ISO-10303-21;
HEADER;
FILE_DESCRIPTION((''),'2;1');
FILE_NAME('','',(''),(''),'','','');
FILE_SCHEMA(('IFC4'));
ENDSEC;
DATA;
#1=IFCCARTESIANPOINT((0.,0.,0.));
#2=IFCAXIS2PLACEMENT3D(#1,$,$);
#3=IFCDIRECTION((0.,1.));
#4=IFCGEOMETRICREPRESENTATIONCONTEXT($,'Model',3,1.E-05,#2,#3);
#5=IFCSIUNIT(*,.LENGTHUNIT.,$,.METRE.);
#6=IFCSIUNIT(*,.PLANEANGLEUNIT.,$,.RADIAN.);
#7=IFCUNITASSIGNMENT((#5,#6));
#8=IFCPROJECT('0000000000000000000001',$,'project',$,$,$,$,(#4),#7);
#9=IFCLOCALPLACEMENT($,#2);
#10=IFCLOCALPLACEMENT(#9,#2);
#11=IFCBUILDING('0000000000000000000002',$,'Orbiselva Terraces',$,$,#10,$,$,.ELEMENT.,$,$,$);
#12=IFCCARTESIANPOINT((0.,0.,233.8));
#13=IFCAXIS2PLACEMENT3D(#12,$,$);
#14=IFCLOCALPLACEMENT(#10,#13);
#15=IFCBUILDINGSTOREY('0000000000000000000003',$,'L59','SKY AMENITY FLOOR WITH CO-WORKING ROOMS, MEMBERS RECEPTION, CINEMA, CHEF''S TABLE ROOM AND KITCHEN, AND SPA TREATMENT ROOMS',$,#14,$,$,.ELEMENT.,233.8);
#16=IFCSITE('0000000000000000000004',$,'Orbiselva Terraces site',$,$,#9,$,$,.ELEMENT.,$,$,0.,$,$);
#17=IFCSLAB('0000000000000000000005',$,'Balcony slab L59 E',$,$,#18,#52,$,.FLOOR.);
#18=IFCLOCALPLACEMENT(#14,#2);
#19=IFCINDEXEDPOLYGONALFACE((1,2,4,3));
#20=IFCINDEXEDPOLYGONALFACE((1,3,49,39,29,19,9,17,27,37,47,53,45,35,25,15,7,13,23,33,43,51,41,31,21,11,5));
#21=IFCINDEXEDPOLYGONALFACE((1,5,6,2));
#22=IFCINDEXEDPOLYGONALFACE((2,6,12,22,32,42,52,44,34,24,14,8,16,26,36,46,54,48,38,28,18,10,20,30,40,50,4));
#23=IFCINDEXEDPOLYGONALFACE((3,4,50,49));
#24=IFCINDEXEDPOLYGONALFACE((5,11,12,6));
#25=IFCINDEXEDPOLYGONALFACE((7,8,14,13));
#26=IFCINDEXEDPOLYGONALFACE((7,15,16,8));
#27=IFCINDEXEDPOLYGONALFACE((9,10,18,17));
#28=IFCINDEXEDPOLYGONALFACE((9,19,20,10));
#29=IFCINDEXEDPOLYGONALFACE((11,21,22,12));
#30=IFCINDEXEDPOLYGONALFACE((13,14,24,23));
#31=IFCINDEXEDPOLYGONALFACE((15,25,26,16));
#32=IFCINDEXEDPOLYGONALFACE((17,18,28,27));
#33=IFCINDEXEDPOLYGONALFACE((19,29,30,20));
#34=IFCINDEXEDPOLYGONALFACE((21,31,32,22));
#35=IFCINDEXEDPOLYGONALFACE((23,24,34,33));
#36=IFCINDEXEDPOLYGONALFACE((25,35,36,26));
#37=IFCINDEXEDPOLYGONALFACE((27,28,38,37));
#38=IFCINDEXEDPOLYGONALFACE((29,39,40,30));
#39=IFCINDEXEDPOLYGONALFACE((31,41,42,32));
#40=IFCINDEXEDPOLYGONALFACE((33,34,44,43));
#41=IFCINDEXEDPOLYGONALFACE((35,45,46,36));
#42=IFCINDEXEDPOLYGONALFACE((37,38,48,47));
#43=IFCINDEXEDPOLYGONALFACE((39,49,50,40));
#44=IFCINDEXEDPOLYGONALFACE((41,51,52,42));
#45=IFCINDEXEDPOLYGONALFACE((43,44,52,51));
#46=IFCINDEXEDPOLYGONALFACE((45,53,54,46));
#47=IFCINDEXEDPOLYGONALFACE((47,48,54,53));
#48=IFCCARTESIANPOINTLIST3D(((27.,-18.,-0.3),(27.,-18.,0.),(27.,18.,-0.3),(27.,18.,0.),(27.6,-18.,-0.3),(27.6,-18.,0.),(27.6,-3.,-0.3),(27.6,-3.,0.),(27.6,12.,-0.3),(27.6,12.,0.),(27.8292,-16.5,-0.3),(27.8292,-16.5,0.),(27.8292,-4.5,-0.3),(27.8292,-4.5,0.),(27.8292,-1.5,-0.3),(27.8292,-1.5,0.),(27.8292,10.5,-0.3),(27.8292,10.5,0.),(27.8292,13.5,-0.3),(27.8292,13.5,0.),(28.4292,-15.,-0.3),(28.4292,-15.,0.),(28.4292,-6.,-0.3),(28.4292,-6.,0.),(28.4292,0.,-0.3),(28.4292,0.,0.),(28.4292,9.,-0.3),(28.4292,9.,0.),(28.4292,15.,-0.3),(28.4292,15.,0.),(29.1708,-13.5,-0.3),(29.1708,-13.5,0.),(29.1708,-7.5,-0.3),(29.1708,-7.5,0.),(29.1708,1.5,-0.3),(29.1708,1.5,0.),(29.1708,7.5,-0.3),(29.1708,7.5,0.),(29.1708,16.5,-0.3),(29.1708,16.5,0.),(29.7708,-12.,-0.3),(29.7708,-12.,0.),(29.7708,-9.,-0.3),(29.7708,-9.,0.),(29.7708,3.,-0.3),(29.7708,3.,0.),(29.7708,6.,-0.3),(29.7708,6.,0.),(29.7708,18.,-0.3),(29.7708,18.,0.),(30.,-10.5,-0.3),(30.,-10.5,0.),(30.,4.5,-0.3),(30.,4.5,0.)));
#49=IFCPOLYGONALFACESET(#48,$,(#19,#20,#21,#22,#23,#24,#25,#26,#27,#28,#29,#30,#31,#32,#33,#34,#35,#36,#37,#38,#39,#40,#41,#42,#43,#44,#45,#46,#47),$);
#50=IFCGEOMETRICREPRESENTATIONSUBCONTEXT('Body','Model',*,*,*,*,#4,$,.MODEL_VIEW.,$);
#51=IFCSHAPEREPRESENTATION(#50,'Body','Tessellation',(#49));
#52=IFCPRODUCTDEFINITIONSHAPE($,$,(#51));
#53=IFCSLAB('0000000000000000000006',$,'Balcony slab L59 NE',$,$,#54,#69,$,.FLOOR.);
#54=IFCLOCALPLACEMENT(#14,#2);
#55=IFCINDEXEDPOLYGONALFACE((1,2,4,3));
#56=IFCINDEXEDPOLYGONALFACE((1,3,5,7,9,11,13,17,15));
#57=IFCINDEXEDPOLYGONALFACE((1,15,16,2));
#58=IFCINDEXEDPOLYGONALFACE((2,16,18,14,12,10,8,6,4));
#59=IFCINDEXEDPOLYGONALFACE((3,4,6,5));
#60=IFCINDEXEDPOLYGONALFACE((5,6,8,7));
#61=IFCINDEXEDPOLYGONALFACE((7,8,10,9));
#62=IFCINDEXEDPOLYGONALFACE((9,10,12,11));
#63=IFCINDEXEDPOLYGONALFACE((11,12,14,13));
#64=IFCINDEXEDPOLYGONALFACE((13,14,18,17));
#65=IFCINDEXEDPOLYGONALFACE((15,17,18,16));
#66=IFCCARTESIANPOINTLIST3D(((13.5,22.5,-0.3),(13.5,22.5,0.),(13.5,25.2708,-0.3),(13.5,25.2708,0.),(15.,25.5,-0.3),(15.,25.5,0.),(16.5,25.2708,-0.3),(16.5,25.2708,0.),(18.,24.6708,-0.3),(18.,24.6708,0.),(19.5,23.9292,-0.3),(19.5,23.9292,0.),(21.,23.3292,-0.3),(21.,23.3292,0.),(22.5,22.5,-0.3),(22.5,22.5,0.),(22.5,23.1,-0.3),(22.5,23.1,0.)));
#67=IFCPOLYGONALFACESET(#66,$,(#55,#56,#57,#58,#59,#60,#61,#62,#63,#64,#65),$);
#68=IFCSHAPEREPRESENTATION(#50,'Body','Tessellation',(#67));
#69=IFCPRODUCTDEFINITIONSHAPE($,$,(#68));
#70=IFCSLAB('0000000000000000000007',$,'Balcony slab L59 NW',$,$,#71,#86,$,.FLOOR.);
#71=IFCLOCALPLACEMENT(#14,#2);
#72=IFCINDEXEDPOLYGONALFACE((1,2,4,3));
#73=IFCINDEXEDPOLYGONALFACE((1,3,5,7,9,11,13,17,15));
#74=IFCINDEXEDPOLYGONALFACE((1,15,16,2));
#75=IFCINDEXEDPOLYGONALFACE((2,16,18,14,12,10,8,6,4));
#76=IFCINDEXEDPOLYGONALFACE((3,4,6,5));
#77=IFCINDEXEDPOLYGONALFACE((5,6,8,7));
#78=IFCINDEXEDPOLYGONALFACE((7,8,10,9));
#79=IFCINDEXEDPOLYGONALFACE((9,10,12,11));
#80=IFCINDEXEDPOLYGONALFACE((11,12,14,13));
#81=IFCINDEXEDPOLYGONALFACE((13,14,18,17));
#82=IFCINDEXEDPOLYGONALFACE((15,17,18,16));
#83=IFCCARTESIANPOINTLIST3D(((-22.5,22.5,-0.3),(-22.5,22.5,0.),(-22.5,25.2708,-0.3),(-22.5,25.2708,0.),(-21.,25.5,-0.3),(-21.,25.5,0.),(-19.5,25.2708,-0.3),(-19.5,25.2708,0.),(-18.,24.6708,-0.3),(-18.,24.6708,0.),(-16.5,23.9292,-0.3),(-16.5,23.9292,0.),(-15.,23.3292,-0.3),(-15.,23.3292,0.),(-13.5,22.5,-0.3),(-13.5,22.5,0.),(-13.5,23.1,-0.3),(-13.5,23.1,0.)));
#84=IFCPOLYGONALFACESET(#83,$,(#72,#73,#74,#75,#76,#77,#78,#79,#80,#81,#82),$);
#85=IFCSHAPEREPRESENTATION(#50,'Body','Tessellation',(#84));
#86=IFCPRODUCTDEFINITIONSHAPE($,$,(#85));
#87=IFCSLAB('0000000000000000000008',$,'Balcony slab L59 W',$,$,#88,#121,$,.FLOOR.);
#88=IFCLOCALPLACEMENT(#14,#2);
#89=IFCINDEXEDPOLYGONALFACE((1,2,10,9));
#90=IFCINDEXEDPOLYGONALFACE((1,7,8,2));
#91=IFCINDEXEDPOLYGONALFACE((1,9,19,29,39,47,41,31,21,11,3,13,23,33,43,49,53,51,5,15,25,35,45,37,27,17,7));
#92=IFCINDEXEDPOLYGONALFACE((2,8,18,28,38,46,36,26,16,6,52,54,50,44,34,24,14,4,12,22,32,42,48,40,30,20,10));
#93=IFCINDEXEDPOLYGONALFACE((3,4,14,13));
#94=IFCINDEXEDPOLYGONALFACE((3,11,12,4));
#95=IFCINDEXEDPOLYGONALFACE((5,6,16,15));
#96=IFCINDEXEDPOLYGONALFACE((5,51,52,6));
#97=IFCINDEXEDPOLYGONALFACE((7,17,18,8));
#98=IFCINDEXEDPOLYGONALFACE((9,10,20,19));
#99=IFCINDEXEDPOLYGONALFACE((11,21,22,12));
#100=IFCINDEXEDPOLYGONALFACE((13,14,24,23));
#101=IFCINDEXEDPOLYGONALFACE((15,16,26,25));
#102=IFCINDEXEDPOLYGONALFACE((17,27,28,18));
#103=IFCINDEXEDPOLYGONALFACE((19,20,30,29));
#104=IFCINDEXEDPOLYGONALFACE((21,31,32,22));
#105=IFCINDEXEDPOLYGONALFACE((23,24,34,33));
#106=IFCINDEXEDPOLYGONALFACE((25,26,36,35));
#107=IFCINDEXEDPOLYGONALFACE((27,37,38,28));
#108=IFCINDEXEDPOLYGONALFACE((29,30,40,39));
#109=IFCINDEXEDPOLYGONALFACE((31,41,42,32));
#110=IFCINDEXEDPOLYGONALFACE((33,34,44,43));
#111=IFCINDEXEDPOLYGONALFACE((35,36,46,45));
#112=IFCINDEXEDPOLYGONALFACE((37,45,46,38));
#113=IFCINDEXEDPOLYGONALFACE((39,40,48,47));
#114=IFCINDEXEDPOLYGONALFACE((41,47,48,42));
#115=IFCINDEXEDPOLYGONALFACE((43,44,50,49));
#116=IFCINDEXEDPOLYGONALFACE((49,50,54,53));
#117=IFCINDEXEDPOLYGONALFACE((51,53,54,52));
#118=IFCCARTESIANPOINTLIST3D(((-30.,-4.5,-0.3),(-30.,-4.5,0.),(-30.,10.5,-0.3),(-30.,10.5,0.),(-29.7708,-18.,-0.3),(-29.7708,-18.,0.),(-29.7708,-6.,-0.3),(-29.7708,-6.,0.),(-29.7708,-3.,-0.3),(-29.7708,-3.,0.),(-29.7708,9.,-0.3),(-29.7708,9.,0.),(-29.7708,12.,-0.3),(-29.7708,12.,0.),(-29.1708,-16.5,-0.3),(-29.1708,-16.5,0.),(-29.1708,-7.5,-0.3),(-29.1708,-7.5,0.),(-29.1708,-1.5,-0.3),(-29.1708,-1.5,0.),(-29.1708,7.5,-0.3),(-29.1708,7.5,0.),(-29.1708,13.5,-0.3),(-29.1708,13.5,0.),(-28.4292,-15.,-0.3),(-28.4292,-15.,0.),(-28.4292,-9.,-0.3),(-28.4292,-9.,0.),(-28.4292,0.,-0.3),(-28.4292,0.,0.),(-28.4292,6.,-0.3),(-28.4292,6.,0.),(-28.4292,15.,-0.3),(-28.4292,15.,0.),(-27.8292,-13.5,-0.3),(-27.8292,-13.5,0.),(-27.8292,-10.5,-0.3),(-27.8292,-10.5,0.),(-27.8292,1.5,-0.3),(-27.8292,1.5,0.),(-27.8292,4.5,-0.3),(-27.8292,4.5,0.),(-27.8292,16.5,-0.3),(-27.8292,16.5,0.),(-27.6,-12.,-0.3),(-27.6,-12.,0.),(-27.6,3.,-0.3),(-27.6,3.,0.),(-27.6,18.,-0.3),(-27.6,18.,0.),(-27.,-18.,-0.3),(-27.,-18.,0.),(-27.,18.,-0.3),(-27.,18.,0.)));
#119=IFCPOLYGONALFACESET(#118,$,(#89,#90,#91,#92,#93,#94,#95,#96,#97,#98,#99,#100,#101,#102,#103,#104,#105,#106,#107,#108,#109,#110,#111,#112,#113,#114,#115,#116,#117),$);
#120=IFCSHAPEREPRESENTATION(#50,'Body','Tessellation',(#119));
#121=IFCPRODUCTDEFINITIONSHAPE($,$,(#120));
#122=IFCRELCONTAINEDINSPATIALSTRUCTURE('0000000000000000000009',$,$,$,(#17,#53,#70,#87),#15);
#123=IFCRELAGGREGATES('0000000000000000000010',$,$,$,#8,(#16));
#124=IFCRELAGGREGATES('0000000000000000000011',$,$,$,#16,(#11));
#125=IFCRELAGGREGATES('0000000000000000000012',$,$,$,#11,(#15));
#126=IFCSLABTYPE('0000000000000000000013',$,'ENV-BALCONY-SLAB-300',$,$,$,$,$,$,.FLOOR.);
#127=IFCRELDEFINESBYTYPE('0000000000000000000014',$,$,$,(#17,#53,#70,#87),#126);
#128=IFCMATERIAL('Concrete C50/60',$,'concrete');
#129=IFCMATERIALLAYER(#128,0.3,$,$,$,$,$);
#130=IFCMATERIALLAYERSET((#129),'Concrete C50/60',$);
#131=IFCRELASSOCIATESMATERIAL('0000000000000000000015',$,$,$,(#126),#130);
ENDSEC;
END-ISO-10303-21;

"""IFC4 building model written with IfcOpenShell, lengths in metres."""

from ifc_helpers import new_model, si_unit, direction, frame, origin, place, context, subcontext, project, spatial, polyline, outline, extrude, material, layer, layer_set, type_object, element, save


model = new_model("IFC4")

# Units and contexts
model_context = context("Model", 3, precision=1e-05, world=origin(), true_north=direction((0.0, 1.0)))
body_context = subcontext(model_context, "Body", "Model", "MODEL_VIEW")
ifc_project = project(units=[si_unit("LENGTHUNIT", "METRE"), si_unit("PLANEANGLEUNIT", "RADIAN")], contexts=[model_context])

# Site, building, storey
site_placement = place(None, origin())
site = spatial("IfcSite", under=ifc_project, at=site_placement, Name="Orbiselva Terraces site", CompositionType="ELEMENT", RefElevation=0.0)
building_placement = place(site_placement, origin())
building = spatial("IfcBuilding", under=site, at=building_placement, Name="Orbiselva Terraces", CompositionType="ELEMENT")
storey_placement = place(building_placement, frame((0.0, 0.0, 233.8)))
storey = spatial("IfcBuildingStorey", under=building, at=storey_placement, Name="L59", Description="SKY AMENITY FLOOR WITH CO-WORKING ROOMS, MEMBERS RECEPTION, CINEMA, CHEF'S TABLE ROOM AND KITCHEN, AND SPA TREATMENT ROOMS", CompositionType="ELEMENT", Elevation=233.8)

# Slabs
ifc_material_1 = material(Name="Concrete C50/60", Category="concrete")
ifc_layer_1 = layer(ifc_material_1, 0.3)
ifc_layer_set_1 = layer_set([ifc_layer_1], Name="Concrete C50/60")
slab_type_1 = type_object("IfcSlabType", Name="ENV-BALCONY-SLAB-300", PredefinedType="FLOOR", material=ifc_layer_set_1)
slab_1_placement = place(storey_placement, frame((0.0, 0.0, -0.3)))
element("IfcSlab", 1, at=slab_1_placement, inside=storey, type_object=slab_type_1, Name="Balcony slab L59 E", PredefinedType="FLOOR", context=body_context, shape_type="SweptSolid", body=[
    extrude(outline(polyline([(27.6, -18.0), (27.8292, -16.5), (28.4292, -15.0), (29.1708, -13.5), (29.7708, -12.0), (30.0, -10.5), (29.7708, -9.0), (29.1708, -7.5), (28.4292, -6.0), (27.8292, -4.5), (27.6, -3.0), (27.8292, -1.5), (28.4292, 0.0), (29.1708, 1.5), (29.7708, 3.0), (30.0, 4.5), (29.7708, 6.0), (29.1708, 7.5), (28.4292, 9.0), (27.8292, 10.5), (27.6, 12.0), (27.8292, 13.5), (28.4292, 15.0), (29.1708, 16.5), (29.7708, 18.0), (27.0, 18.0), (27.0, -18.0), (27.6, -18.0)])), origin(), (0.0, 0.0, 1.0), 0.3),
])
slab_2_placement = place(storey_placement, frame((0.0, 0.0, -0.3)))
element("IfcSlab", 2, at=slab_2_placement, inside=storey, type_object=slab_type_1, Name="Balcony slab L59 NE", PredefinedType="FLOOR", context=body_context, shape_type="SweptSolid", body=[
    extrude(outline(polyline([(22.5, 23.1), (21.0, 23.3292), (19.5, 23.9292), (18.0, 24.6708), (16.5, 25.2708), (15.0, 25.5), (13.5, 25.2708), (13.5, 22.5), (22.5, 22.5), (22.5, 23.1)])), origin(), (0.0, 0.0, 1.0), 0.3),
])
slab_3_placement = place(storey_placement, frame((0.0, 0.0, -0.3)))
element("IfcSlab", 3, at=slab_3_placement, inside=storey, type_object=slab_type_1, Name="Balcony slab L59 NW", PredefinedType="FLOOR", context=body_context, shape_type="SweptSolid", body=[
    extrude(outline(polyline([(-13.5, 23.1), (-15.0, 23.3292), (-16.5, 23.9292), (-18.0, 24.6708), (-19.5, 25.2708), (-21.0, 25.5), (-22.5, 25.2708), (-22.5, 22.5), (-13.5, 22.5), (-13.5, 23.1)])), origin(), (0.0, 0.0, 1.0), 0.3),
])
slab_4_placement = place(storey_placement, frame((0.0, 0.0, -0.3)))
element("IfcSlab", 4, at=slab_4_placement, inside=storey, type_object=slab_type_1, Name="Balcony slab L59 W", PredefinedType="FLOOR", context=body_context, shape_type="SweptSolid", body=[
    extrude(outline(polyline([(-27.6, 18.0), (-27.8292, 16.5), (-28.4292, 15.0), (-29.1708, 13.5), (-29.7708, 12.0), (-30.0, 10.5), (-29.7708, 9.0), (-29.1708, 7.5), (-28.4292, 6.0), (-27.8292, 4.5), (-27.6, 3.0), (-27.8292, 1.5), (-28.4292, 0.0), (-29.1708, -1.5), (-29.7708, -3.0), (-30.0, -4.5), (-29.7708, -6.0), (-29.1708, -7.5), (-28.4292, -9.0), (-27.8292, -10.5), (-27.6, -12.0), (-27.8292, -13.5), (-28.4292, -15.0), (-29.1708, -16.5), (-29.7708, -18.0), (-27.0, -18.0), (-27.0, 18.0), (-27.6, 18.0)])), origin(), (0.0, 0.0, 1.0), 0.3),
])

save(model, "model.ifc")
